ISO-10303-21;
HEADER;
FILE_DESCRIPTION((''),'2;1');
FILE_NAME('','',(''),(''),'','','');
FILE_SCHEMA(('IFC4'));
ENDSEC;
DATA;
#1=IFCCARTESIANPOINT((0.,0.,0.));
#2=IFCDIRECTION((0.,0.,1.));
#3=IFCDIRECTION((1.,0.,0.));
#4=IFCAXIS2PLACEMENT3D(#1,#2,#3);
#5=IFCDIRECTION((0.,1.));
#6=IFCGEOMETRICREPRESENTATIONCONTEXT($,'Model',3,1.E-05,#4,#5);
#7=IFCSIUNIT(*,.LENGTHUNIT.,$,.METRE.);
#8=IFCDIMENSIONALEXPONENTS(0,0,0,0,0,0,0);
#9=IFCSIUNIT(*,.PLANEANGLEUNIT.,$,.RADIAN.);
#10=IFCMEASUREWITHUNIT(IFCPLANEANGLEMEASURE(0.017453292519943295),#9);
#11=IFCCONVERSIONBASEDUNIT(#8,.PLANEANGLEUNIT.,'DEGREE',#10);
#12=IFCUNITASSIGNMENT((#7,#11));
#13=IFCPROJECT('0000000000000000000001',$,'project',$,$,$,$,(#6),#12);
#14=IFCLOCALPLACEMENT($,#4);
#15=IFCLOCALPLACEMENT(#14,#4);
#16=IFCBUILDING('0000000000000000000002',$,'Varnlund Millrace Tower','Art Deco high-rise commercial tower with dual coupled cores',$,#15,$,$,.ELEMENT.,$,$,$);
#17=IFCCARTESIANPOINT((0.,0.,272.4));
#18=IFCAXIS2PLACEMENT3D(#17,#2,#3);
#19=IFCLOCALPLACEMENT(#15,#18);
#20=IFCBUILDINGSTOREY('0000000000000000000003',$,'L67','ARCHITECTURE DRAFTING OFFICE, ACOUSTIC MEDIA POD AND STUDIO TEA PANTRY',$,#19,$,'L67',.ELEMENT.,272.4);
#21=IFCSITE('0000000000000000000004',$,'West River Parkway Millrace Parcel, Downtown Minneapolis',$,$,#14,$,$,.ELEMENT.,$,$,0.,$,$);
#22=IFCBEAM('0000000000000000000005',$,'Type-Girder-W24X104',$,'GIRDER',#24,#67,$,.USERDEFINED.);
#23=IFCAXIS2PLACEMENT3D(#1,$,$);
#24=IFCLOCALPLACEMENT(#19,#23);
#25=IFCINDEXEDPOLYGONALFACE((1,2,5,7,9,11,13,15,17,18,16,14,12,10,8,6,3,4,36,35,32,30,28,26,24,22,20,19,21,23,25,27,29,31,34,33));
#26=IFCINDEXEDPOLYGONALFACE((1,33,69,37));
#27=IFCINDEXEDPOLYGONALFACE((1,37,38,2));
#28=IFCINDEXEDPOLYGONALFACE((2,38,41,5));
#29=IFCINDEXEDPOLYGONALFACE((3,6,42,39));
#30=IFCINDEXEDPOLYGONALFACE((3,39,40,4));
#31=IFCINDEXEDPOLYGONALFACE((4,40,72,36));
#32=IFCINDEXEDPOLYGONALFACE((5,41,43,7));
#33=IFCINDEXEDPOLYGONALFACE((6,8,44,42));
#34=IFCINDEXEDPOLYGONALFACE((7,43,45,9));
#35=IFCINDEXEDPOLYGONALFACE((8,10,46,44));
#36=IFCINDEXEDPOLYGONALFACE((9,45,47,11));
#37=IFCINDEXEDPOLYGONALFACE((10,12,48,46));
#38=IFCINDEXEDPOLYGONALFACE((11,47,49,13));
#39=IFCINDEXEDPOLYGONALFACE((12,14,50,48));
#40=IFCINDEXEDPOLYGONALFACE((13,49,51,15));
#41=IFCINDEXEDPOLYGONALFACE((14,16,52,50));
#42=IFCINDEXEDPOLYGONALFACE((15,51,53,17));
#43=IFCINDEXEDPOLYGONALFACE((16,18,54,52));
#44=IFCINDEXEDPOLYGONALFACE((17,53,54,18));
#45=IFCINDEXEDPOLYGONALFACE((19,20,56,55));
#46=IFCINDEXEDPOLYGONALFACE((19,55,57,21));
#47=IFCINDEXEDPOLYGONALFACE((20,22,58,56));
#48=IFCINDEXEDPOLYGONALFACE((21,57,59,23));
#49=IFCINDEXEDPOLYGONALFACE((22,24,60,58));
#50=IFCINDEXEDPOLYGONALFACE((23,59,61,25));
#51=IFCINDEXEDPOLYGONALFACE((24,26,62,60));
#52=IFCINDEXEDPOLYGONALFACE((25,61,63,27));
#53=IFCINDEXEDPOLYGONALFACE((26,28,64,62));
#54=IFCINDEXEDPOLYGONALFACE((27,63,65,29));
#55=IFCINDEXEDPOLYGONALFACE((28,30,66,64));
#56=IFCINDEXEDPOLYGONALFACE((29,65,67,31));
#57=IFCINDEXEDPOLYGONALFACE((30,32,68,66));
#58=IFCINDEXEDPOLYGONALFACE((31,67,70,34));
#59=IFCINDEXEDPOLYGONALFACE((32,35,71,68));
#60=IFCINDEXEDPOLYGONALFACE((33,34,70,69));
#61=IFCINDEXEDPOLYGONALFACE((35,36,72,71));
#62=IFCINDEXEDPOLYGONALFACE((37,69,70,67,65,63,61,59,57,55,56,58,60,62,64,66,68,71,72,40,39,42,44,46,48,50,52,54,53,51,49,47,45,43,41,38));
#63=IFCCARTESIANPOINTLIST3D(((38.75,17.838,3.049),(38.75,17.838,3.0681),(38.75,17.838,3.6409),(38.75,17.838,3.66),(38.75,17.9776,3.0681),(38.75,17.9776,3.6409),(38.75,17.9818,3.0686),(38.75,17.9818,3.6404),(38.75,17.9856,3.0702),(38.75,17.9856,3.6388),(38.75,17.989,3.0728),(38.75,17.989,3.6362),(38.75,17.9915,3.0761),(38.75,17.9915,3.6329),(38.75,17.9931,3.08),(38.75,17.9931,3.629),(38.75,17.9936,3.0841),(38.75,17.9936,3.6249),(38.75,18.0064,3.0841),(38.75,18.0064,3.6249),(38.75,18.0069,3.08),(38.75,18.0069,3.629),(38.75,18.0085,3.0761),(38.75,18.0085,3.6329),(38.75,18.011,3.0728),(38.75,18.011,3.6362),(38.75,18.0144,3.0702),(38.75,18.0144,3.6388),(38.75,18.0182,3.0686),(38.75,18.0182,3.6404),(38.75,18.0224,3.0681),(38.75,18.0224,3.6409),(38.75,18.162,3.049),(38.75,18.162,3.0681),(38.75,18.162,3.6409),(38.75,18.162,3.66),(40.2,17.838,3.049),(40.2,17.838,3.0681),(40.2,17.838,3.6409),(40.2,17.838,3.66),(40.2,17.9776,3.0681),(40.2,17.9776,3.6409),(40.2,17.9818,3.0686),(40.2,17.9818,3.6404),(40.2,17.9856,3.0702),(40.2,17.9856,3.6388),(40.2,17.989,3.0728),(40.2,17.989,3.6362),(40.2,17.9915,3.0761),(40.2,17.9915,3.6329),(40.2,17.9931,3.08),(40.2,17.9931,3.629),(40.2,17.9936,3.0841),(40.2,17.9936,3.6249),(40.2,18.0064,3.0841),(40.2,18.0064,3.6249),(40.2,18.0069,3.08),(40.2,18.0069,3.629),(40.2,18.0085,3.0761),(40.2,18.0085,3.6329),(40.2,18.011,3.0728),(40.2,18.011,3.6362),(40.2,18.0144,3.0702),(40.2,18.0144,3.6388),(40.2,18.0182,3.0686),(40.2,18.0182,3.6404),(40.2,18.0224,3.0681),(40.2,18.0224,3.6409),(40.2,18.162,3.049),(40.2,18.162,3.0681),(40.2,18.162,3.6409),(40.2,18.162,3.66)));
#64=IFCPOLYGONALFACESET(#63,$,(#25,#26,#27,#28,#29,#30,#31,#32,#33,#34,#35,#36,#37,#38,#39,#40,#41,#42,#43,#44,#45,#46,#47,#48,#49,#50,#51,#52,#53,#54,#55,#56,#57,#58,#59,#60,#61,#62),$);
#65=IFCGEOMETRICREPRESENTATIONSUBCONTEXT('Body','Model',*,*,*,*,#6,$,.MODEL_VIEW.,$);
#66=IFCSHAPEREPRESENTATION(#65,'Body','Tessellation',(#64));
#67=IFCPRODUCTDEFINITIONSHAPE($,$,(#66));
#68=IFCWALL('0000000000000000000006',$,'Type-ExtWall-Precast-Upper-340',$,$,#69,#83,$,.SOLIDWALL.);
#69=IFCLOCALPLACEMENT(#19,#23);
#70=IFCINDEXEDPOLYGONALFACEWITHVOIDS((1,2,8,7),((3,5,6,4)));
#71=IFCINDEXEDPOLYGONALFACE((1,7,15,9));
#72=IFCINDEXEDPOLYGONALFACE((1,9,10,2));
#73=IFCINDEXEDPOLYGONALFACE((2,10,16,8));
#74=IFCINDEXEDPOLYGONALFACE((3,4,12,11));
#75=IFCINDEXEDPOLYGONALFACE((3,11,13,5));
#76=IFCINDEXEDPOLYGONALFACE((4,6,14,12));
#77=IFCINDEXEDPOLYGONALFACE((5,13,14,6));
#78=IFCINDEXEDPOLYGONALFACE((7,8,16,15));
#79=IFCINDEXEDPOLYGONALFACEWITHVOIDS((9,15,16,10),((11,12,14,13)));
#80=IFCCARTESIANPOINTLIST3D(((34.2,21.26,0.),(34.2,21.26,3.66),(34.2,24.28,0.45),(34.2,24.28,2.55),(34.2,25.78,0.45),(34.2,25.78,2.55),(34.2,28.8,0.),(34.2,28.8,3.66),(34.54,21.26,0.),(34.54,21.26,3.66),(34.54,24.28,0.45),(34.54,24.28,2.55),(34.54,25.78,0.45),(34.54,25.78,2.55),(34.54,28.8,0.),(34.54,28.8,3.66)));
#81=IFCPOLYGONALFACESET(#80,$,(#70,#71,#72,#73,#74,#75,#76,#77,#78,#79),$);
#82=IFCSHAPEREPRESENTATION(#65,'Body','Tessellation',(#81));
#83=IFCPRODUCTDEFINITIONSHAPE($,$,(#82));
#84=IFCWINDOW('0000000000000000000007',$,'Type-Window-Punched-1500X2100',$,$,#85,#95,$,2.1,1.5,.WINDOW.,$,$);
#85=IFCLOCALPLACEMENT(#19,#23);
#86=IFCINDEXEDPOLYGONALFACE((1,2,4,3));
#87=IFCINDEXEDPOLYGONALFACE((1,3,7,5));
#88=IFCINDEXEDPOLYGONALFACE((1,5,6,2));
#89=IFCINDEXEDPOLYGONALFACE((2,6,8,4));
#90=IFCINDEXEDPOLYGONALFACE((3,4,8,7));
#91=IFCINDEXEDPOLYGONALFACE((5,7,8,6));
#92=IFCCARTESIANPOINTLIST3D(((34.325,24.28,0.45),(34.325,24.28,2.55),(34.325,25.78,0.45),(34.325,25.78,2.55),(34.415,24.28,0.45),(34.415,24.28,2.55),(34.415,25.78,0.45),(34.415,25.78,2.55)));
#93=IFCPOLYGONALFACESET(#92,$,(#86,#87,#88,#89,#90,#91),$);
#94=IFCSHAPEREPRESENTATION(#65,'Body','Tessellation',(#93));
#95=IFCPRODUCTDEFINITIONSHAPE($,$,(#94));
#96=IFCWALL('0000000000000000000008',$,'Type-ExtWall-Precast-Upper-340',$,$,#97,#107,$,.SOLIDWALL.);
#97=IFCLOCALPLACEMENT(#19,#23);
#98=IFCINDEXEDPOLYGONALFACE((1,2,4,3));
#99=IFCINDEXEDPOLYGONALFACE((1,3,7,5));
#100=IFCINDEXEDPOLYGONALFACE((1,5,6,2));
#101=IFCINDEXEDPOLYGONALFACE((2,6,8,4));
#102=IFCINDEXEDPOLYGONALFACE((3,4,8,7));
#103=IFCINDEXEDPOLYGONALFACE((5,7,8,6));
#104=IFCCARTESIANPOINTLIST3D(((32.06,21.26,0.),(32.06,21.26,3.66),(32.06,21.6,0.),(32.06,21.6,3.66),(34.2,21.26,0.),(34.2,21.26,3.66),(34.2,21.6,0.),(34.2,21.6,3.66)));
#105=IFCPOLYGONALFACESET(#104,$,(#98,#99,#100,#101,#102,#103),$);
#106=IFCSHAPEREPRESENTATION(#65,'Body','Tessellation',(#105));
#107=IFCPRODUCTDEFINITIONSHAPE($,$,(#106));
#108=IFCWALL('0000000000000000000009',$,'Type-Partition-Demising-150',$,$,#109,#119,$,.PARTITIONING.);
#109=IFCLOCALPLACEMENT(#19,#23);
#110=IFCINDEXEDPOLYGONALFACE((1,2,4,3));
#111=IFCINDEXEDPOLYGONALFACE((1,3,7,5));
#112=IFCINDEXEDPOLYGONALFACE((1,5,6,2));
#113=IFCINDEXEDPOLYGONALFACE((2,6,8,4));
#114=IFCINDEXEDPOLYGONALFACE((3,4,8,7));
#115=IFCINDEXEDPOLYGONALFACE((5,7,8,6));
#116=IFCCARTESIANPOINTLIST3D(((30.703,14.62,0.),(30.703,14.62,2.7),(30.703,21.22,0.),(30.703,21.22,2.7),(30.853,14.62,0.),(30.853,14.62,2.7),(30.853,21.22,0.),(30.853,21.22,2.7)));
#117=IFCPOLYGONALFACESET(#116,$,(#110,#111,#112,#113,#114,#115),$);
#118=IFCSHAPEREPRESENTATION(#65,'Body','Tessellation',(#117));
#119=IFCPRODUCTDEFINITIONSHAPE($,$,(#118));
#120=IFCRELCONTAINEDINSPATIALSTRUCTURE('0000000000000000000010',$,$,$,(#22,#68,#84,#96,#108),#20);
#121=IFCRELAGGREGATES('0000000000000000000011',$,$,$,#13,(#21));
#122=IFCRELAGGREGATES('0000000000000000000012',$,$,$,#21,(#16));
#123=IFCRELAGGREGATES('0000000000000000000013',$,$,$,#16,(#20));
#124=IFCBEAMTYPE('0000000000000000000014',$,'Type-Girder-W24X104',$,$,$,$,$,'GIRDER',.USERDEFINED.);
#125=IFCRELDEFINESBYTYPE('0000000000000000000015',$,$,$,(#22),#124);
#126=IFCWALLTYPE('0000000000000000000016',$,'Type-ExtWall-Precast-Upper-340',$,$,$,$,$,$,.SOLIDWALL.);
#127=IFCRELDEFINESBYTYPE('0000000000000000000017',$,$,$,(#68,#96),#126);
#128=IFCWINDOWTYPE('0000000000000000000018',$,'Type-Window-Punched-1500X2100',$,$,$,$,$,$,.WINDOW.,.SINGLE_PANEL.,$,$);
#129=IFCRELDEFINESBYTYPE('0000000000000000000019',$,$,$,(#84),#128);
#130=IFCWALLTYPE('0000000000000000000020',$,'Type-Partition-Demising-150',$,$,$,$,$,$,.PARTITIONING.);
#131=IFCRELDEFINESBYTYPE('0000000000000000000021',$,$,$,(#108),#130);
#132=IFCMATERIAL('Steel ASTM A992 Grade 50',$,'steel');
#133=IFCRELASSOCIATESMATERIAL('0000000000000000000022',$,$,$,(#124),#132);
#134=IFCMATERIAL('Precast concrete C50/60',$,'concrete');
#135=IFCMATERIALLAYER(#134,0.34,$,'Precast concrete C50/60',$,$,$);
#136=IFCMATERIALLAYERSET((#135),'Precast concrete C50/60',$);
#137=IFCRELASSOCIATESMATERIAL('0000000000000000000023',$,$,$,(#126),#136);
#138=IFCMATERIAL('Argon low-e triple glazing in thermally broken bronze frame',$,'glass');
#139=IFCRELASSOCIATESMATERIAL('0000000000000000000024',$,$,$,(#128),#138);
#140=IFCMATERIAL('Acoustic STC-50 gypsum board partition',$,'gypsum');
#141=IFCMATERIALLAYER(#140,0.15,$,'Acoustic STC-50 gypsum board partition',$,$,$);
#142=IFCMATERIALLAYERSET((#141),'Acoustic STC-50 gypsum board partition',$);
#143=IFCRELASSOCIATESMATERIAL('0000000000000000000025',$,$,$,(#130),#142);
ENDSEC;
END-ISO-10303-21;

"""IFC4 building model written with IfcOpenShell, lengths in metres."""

from ifc_helpers import new_model, entity, si_unit, converted_unit, direction, frame, origin_with_axes, origin_2d_with_axis, place, context, subcontext, project, spatial, polyline, rectangle, i_section, outline, extrude, material, layer, layer_set, material_profile, profile_set, type_object, element, fill, save


model = new_model("IFC4")

# Units and contexts
model_context = context("Model", 3, precision=1e-05, world=origin_with_axes(), true_north=direction((0.0, 1.0)))
body_context = subcontext(model_context, "Body", "Model", "MODEL_VIEW")
ifc_project = project(units=[si_unit("LENGTHUNIT", "METRE"), converted_unit("PLANEANGLEUNIT", "DEGREE", entity("IfcPlaneAngleMeasure", 0.017453292519943295), si_unit("PLANEANGLEUNIT", "RADIAN"), dimensions=[0, 0, 0, 0, 0, 0, 0])], contexts=[model_context])

# Site, building, storey
site_placement = place(None, origin_with_axes())
site = spatial("IfcSite", under=ifc_project, at=site_placement, Name="West River Parkway Millrace Parcel, Downtown Minneapolis", CompositionType="ELEMENT", RefElevation=0.0)
building_placement = place(site_placement, origin_with_axes())
building = spatial("IfcBuilding", under=site, at=building_placement, Name="Varnlund Millrace Tower", Description="Art Deco high-rise commercial tower with dual coupled cores", CompositionType="ELEMENT")
storey_placement = place(building_placement, frame((0.0, 0.0, 272.4), z_axis=(0.0, 0.0, 1.0), x_axis=(1.0, 0.0, 0.0)))
storey = spatial("IfcBuildingStorey", under=building, at=storey_placement, Name="L67", Description="ARCHITECTURE DRAFTING OFFICE, ACOUSTIC MEDIA POD AND STUDIO TEA PANTRY", LongName="L67", CompositionType="ELEMENT", Elevation=272.4)

# Beam
ifc_material_1 = material(Name="Steel ASTM A992 Grade 50", Category="steel")
ifc_material_profile_1 = material_profile(ifc_material_1, i_section(OverallWidth=0.324, OverallDepth=0.611, WebThickness=0.0127, FlangeThickness=0.0191, FilletRadius=0.016, at=origin_2d_with_axis()), Name="Steel ASTM A992 Grade 50")
ifc_profile_set_1 = profile_set([ifc_material_profile_1], Name="Steel ASTM A992 Grade 50")
beam_type_1 = type_object("IfcBeamType", Name="Type-Girder-W24X104", ElementType="GIRDER", PredefinedType="USERDEFINED", material=ifc_profile_set_1)
beam_1_placement = place(storey_placement, frame((38.75, 18.0, 3.3545), z_axis=(1.0, 0.0, 0.0), x_axis=(0.0, 1.0, 0.0)))
element("IfcBeam", 1, at=beam_1_placement, inside=storey, type_object=beam_type_1, Name="Type-Girder-W24X104", ObjectType="GIRDER", PredefinedType="USERDEFINED", context=body_context, shape_type="SweptSolid", body=[
    extrude(i_section(OverallWidth=0.324, OverallDepth=0.611, WebThickness=0.0127, FlangeThickness=0.0191, FilletRadius=0.016, at=origin_2d_with_axis()), origin_with_axes(), (0.0, 0.0, 1.0), 1.45),
])

# Wall, opening, window
ifc_material_2 = material(Name="Precast concrete C50/60", Category="concrete")
ifc_layer_1 = layer(ifc_material_2, 0.34, Name="Precast concrete C50/60")
ifc_layer_set_1 = layer_set([ifc_layer_1], Name="Precast concrete C50/60")
wall_type_1 = type_object("IfcWallType", Name="Type-ExtWall-Precast-Upper-340", PredefinedType="SOLIDWALL", material=ifc_layer_set_1)
wall_1_placement = place(storey_placement, frame((34.37, 21.26, 0.0), z_axis=(0.0, 0.0, 1.0), x_axis=(0.0, 1.0, 0.0)))
wall_1 = element("IfcWall", 2, at=wall_1_placement, inside=storey, type_object=wall_type_1, Name="Type-ExtWall-Precast-Upper-340", PredefinedType="SOLIDWALL", context=body_context, shape_type="SweptSolid", body=[
    extrude(outline(polyline([(0.0, -0.17), (7.54, -0.17), (7.54, 0.17), (0.0, 0.17), (0.0, -0.17)])), origin_with_axes(), (0.0, 0.0, 1.0), 3.66),
])
opening_1_placement = place(wall_1_placement, frame((3.77, 0.0, 0.45), z_axis=(0.0, 0.0, 1.0), x_axis=(1.0, 0.0, 0.0)))
opening_1 = element("IfcOpeningElement", 3, at=opening_1_placement, cuts=wall_1, PredefinedType="OPENING", context=body_context, shape_type="SweptSolid", body=[
    extrude(rectangle(XDim=1.5, YDim=0.36, at=origin_2d_with_axis()), origin_with_axes(), (0.0, 0.0, 1.0), 2.1),
])
ifc_material_3 = material(Name="Argon low-e triple glazing in thermally broken bronze frame", Category="glass")
window_type = type_object("IfcWindowType", Name="Type-Window-Punched-1500X2100", PartitioningType="SINGLE_PANEL", PredefinedType="WINDOW", material=ifc_material_3)
window_placement = place(wall_1_placement, frame((3.77, 0.0, 0.45), z_axis=(0.0, 0.0, 1.0), x_axis=(1.0, 0.0, 0.0)))
window = element("IfcWindow", 4, at=window_placement, inside=storey, type_object=window_type, Name="Type-Window-Punched-1500X2100", OverallHeight=2.1, OverallWidth=1.5, PredefinedType="WINDOW", context=body_context, shape_type="SweptSolid", body=[
    extrude(rectangle(XDim=1.5, YDim=0.09, at=origin_2d_with_axis()), origin_with_axes(), (0.0, 0.0, 1.0), 2.1),
])
fill(opening_1, window)

# Walls
wall_2_placement = place(storey_placement, frame((32.06, 21.43, 0.0), z_axis=(0.0, 0.0, 1.0), x_axis=(1.0, 0.0, 0.0)))
element("IfcWall", 5, at=wall_2_placement, inside=storey, type_object=wall_type_1, Name="Type-ExtWall-Precast-Upper-340", PredefinedType="SOLIDWALL", context=body_context, shape_type="SweptSolid", body=[
    extrude(outline(polyline([(0.0, -0.17), (2.14, -0.17), (2.14, 0.17), (0.0, 0.17), (0.0, -0.17)])), origin_with_axes(), (0.0, 0.0, 1.0), 3.66),
])
ifc_material_4 = material(Name="Acoustic STC-50 gypsum board partition", Category="gypsum")
ifc_layer_2 = layer(ifc_material_4, 0.15, Name="Acoustic STC-50 gypsum board partition")
ifc_layer_set_2 = layer_set([ifc_layer_2], Name="Acoustic STC-50 gypsum board partition")
wall_type_2 = type_object("IfcWallType", Name="Type-Partition-Demising-150", PredefinedType="PARTITIONING", material=ifc_layer_set_2)
wall_3_placement = place(storey_placement, frame((30.778, 14.62, 0.0), z_axis=(0.0, 0.0, 1.0), x_axis=(0.0, 1.0, 0.0)))
element("IfcWall", 6, at=wall_3_placement, inside=storey, type_object=wall_type_2, Name="Type-Partition-Demising-150", PredefinedType="PARTITIONING", context=body_context, shape_type="SweptSolid", body=[
    extrude(outline(polyline([(0.0, -0.075), (6.6, -0.075), (6.6, 0.075), (0.0, 0.075), (0.0, -0.075)])), origin_with_axes(), (0.0, 0.0, 1.0), 2.7),
])

save(model, "model.ifc")
